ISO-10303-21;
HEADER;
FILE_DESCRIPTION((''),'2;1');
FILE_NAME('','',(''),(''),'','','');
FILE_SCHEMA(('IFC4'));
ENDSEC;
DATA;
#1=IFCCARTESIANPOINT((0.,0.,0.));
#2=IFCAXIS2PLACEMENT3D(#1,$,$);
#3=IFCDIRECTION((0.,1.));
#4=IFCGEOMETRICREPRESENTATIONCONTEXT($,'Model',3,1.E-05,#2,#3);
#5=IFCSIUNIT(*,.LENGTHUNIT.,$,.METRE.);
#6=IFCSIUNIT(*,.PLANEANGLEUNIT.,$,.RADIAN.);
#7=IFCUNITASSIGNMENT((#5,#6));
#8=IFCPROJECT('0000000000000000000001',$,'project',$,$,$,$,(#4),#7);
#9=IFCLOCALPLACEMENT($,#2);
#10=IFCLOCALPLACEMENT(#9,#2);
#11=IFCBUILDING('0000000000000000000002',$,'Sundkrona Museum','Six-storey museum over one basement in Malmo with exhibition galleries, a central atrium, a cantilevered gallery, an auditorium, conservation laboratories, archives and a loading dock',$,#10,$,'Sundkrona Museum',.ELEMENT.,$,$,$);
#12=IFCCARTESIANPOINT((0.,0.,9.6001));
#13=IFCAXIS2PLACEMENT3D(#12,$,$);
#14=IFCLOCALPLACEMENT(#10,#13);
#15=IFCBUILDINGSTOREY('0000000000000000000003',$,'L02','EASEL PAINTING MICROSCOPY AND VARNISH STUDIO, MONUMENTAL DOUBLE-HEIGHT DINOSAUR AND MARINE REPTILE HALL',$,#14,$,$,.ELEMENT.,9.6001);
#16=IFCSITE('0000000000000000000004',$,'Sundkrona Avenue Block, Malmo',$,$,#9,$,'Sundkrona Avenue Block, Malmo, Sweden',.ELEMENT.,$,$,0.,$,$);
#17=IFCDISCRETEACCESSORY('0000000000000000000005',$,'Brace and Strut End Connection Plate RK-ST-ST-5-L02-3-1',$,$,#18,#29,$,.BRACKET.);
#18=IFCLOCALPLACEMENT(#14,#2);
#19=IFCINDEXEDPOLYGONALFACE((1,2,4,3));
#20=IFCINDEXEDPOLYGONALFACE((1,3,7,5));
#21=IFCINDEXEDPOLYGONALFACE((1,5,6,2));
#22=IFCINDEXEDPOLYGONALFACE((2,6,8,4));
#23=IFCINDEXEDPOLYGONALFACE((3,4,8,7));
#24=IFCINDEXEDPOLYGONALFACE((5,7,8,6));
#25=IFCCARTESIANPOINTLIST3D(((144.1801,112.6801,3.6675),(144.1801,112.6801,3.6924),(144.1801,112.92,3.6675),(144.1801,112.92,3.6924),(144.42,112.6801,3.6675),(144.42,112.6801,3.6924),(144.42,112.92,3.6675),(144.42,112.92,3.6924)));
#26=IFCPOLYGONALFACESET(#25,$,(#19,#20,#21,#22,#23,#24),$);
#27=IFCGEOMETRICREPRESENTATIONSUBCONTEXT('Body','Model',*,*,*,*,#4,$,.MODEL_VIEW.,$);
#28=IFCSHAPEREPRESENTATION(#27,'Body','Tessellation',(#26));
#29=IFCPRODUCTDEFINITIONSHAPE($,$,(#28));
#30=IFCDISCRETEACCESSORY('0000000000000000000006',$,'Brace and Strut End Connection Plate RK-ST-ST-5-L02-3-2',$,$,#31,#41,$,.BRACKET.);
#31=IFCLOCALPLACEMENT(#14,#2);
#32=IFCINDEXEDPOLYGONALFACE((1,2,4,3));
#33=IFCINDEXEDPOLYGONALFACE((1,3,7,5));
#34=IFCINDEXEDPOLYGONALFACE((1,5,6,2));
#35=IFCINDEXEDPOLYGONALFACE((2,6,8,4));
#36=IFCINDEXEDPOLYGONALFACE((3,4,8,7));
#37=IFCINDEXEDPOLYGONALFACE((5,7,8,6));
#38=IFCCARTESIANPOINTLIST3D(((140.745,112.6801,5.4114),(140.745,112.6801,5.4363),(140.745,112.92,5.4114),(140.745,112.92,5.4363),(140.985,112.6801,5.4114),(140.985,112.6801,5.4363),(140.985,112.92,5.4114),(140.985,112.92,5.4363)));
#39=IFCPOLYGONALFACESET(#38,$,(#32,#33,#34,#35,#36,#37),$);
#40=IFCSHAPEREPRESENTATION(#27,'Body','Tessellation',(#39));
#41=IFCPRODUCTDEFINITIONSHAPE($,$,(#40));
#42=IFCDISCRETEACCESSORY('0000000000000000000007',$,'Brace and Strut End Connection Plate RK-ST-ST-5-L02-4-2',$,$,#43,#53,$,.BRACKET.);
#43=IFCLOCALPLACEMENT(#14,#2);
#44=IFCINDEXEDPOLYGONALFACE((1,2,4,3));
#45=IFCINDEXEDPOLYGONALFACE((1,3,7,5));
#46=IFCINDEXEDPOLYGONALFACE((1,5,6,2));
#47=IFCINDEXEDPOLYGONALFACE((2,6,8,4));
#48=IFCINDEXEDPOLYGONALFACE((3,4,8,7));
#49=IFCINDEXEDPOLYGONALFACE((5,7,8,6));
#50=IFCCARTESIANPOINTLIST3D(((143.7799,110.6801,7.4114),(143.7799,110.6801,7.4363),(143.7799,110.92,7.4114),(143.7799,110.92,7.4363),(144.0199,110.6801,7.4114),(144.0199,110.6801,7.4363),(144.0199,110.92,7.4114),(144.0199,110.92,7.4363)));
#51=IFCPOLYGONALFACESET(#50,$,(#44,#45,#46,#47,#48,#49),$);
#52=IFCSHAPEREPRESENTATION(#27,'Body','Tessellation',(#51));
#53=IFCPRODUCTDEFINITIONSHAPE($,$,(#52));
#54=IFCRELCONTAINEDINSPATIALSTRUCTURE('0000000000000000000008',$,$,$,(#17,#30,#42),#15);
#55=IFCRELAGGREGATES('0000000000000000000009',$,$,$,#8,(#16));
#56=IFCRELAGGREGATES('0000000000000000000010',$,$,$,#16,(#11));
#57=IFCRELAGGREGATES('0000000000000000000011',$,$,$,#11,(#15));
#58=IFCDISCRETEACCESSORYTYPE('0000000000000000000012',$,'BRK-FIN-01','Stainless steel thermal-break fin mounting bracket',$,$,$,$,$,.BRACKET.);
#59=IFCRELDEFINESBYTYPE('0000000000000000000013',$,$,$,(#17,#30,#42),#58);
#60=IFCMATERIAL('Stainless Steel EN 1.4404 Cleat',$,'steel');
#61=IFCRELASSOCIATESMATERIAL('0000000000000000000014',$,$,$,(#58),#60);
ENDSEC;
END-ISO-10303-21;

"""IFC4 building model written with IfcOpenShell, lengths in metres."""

from ifc_helpers import new_model, si_unit, direction, frame, origin, origin_2d, place, context, subcontext, project, spatial, rectangle, extrude, material, type_object, element, save


model = new_model("IFC4")

# Units and contexts
model_context = context("Model", 3, precision=1e-05, world=origin(), true_north=direction((0.0, 1.0)))
body_context = subcontext(model_context, "Body", "Model", "MODEL_VIEW")
ifc_project = project(units=[si_unit("LENGTHUNIT", "METRE"), si_unit("PLANEANGLEUNIT", "RADIAN")], contexts=[model_context])

# Site, building, storey
site_placement = place(None, origin())
site = spatial("IfcSite", under=ifc_project, at=site_placement, Name="Sundkrona Avenue Block, Malmo", LongName="Sundkrona Avenue Block, Malmo, Sweden", CompositionType="ELEMENT", RefElevation=0.0)
building_placement = place(site_placement, origin())
building = spatial("IfcBuilding", under=site, at=building_placement, Name="Sundkrona Museum", Description="Six-storey museum over one basement in Malmo with exhibition galleries, a central atrium, a cantilevered gallery, an auditorium, conservation laboratories, archives and a loading dock", LongName="Sundkrona Museum", CompositionType="ELEMENT")
storey_placement = place(building_placement, frame((0.0, 0.0, 9.6001)))
storey = spatial("IfcBuildingStorey", under=building, at=storey_placement, Name="L02", Description="EASEL PAINTING MICROSCOPY AND VARNISH STUDIO, MONUMENTAL DOUBLE-HEIGHT DINOSAUR AND MARINE REPTILE HALL", CompositionType="ELEMENT", Elevation=9.6001)

# Discrete accessories
ifc_material_1 = material(Name="Stainless Steel EN 1.4404 Cleat", Category="steel")
discrete_accessory_type = type_object("IfcDiscreteAccessoryType", Name="BRK-FIN-01", Description="Stainless steel thermal-break fin mounting bracket", PredefinedType="BRACKET", material=ifc_material_1)
for number, where, z_axis, x_axis, name in (
    (1, (144.3, 112.8, 3.6675), (0.0, 0.0, 1.0), (1.0, 0.0, 0.0), "Brace and Strut End Connection Plate RK-ST-ST-5-L02-3-1"),
    (2, (140.865, 112.8, 5.4114), (0.0, 0.0, 1.0), (1.0, 0.0, 0.0), "Brace and Strut End Connection Plate RK-ST-ST-5-L02-3-2"),
    (3, (143.8999, 110.8, 7.4114), (0.0, 0.0, 1.0), (1.0, 0.0, 0.0), "Brace and Strut End Connection Plate RK-ST-ST-5-L02-4-2"),
):
    element("IfcDiscreteAccessory", number, at=place(storey_placement, frame(where, z_axis=z_axis, x_axis=x_axis)), inside=storey, type_object=discrete_accessory_type, Name=name, PredefinedType="BRACKET", context=body_context, shape_type="SweptSolid", body=[
        extrude(rectangle(XDim=0.24, YDim=0.24, at=origin_2d()), origin(), (0.0, 0.0, 1.0), 0.0249),
    ])

save(model, "model.ifc")
